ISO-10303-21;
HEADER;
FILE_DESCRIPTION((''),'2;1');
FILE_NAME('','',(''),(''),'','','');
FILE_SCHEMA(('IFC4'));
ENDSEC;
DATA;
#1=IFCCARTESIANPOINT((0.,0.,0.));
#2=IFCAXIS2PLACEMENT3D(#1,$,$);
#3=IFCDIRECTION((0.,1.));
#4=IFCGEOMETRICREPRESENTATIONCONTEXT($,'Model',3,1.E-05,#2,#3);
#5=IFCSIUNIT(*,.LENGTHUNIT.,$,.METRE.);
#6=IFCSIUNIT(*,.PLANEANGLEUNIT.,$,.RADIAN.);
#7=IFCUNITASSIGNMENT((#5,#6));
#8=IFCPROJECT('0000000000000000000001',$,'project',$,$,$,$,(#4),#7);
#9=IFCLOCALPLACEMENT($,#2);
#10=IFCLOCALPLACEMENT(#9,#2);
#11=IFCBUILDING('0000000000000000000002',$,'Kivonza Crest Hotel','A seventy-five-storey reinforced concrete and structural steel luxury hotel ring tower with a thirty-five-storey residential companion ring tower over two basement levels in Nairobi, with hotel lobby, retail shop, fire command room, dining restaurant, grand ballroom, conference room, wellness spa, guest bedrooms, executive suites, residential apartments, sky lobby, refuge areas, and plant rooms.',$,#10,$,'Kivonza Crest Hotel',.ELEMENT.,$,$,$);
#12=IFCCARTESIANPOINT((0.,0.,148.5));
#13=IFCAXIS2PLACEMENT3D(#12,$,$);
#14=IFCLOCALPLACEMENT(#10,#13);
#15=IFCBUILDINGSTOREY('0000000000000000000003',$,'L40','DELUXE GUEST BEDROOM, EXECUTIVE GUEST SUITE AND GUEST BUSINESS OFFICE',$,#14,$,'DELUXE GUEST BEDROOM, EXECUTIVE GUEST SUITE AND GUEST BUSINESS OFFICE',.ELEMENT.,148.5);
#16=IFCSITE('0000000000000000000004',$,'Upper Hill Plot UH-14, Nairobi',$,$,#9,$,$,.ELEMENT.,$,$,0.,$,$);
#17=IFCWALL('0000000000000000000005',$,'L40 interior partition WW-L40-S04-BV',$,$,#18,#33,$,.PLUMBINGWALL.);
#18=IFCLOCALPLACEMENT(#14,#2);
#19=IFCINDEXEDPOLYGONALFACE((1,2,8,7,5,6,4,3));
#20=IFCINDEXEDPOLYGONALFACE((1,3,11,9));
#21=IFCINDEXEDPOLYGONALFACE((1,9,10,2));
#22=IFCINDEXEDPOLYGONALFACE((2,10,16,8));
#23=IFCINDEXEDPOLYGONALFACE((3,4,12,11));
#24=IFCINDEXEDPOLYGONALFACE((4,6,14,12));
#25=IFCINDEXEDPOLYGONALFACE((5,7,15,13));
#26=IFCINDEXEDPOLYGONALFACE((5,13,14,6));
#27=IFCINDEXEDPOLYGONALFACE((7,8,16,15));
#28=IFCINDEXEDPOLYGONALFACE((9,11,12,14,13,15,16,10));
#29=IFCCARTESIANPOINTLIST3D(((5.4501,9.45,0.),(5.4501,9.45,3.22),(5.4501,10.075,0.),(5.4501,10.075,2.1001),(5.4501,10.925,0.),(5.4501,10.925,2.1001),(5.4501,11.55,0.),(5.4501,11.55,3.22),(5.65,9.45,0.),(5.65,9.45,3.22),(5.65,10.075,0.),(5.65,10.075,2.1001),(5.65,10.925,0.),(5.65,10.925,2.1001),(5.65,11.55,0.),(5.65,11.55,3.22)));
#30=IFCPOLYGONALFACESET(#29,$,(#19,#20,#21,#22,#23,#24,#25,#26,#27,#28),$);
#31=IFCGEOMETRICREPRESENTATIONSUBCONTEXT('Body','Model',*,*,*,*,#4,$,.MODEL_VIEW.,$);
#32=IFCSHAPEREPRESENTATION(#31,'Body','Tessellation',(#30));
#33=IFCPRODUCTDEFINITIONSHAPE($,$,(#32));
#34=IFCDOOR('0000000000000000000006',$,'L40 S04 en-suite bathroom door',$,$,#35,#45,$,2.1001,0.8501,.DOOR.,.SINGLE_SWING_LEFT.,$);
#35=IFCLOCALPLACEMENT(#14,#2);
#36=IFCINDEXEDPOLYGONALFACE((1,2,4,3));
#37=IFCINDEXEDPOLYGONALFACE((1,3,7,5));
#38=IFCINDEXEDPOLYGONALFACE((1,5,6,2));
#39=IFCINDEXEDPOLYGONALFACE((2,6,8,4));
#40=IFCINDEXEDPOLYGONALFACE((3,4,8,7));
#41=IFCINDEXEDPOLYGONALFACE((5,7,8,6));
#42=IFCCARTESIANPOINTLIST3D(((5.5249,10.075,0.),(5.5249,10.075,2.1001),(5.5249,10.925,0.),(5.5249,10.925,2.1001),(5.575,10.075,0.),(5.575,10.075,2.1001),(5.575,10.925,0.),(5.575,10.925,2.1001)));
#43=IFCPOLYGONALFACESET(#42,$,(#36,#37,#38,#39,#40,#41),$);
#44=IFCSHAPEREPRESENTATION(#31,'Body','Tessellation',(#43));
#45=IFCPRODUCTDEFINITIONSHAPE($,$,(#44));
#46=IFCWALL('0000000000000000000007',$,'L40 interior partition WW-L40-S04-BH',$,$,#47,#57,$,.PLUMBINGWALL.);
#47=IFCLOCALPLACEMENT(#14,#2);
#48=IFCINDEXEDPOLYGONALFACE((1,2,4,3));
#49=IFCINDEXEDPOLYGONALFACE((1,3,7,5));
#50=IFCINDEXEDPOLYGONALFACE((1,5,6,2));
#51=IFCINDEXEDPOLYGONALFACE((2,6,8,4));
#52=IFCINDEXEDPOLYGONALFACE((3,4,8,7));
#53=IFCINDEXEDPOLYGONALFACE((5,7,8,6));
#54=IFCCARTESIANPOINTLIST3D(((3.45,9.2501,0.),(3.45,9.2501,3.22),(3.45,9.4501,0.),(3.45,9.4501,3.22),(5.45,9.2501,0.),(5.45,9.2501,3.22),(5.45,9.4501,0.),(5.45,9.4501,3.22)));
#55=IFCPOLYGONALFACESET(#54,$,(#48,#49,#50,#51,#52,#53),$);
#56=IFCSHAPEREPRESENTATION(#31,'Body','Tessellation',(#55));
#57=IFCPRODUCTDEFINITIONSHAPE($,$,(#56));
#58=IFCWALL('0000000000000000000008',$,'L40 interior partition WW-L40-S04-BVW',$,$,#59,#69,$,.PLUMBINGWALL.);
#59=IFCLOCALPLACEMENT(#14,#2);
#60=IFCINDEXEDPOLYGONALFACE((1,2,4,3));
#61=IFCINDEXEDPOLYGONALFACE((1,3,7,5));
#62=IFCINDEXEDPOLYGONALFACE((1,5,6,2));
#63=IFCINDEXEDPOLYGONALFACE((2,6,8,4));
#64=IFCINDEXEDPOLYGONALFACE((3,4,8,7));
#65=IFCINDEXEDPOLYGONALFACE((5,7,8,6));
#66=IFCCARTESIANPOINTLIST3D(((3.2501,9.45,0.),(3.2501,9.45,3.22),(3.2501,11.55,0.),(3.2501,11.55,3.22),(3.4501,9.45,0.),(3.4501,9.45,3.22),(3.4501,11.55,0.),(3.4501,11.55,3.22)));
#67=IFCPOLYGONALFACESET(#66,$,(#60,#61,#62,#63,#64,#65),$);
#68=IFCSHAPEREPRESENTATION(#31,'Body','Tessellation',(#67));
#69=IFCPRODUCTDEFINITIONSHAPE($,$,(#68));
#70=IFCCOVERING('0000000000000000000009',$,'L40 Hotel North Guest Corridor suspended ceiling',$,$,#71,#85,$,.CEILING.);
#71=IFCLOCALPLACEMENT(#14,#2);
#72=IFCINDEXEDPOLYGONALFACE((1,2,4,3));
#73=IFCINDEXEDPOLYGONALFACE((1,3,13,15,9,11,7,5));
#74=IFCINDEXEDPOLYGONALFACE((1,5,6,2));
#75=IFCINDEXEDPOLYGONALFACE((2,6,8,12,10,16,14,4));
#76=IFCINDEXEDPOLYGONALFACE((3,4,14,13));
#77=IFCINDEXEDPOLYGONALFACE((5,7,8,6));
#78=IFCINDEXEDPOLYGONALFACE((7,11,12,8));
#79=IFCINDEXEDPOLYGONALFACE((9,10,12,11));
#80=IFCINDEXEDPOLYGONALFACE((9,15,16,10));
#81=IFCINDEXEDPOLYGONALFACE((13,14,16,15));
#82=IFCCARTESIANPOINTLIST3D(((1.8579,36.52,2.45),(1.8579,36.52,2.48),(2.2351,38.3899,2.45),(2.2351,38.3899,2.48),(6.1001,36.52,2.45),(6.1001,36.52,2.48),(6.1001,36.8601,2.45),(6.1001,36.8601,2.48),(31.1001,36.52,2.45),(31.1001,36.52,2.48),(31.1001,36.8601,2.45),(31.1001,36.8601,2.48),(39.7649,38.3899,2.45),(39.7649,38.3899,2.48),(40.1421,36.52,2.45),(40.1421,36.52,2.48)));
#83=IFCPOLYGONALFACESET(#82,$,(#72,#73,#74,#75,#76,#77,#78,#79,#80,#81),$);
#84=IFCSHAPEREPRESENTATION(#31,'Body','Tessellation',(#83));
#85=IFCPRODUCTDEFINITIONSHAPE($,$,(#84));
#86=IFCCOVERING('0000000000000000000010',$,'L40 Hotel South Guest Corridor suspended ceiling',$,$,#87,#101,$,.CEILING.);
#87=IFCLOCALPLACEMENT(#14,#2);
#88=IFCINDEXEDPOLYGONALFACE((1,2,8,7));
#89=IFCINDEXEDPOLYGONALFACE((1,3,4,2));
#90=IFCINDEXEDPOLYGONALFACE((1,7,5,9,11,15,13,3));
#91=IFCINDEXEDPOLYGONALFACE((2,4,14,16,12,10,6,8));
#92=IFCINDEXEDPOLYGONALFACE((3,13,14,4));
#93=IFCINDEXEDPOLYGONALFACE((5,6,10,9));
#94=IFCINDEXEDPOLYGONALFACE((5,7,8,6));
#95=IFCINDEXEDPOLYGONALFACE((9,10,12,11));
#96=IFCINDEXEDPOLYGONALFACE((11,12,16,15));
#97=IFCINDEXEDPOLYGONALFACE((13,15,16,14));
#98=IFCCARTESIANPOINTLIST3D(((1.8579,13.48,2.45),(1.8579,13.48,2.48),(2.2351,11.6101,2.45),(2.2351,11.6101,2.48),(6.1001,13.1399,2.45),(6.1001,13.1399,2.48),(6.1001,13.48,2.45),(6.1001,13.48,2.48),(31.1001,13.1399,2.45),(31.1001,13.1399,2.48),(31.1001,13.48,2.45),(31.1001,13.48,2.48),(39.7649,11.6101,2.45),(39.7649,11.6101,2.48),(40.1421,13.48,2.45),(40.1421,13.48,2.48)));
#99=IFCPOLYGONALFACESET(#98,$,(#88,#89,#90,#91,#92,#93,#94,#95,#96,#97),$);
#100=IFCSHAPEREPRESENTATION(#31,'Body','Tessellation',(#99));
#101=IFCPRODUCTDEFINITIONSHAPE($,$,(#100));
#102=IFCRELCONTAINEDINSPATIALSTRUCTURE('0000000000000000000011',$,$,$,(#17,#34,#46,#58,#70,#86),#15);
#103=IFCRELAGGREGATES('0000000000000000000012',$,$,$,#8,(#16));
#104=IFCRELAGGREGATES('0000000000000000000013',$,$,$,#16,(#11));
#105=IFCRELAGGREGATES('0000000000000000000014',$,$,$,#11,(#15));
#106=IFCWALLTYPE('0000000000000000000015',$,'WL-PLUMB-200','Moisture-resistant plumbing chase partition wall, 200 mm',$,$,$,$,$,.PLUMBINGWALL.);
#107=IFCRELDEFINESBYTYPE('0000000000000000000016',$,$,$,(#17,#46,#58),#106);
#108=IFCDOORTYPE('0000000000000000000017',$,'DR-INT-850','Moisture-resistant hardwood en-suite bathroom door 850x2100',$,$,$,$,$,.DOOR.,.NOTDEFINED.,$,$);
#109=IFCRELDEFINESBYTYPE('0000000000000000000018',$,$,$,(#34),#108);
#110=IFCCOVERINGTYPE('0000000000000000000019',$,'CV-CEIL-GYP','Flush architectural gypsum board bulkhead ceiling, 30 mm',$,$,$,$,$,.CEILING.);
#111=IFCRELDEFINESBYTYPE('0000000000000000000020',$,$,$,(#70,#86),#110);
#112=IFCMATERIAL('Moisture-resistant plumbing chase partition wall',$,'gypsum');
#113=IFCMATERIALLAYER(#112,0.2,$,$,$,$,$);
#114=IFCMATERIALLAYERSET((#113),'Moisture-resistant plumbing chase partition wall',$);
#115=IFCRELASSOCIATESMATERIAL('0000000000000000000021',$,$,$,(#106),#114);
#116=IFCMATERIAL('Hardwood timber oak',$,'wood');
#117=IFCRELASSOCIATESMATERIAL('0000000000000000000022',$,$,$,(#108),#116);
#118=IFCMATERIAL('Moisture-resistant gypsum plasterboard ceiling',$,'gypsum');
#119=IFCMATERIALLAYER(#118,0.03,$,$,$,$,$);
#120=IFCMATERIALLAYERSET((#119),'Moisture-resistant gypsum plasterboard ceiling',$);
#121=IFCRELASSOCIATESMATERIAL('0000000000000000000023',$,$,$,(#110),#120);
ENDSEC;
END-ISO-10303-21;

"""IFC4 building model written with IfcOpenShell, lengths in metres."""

from ifc_helpers import new_model, si_unit, direction, frame, frame_2d, origin, place, context, subcontext, project, spatial, polyline, rectangle, outline, extrude, material, layer, layer_set, type_object, element, fill, save


model = new_model("IFC4")

# Units and contexts
model_context = context("Model", 3, precision=1e-05, world=origin(), true_north=direction((0.0, 1.0)))
body_context = subcontext(model_context, "Body", "Model", "MODEL_VIEW")
ifc_project = project(units=[si_unit("LENGTHUNIT", "METRE"), si_unit("PLANEANGLEUNIT", "RADIAN")], contexts=[model_context])

# Site, building, storey
site_placement = place(None, origin())
site = spatial("IfcSite", under=ifc_project, at=site_placement, Name="Upper Hill Plot UH-14, Nairobi", CompositionType="ELEMENT", RefElevation=0.0)
building_placement = place(site_placement, origin())
building = spatial("IfcBuilding", under=site, at=building_placement, Name="Kivonza Crest Hotel", Description="A seventy-five-storey reinforced concrete and structural steel luxury hotel ring tower with a thirty-five-storey residential companion ring tower over two basement levels in Nairobi, with hotel lobby, retail shop, fire command room, dining restaurant, grand ballroom, conference room, wellness spa, guest bedrooms, executive suites, residential apartments, sky lobby, refuge areas, and plant rooms.", LongName="Kivonza Crest Hotel", CompositionType="ELEMENT")
storey_placement = place(building_placement, frame((0.0, 0.0, 148.5)))
storey = spatial("IfcBuildingStorey", under=building, at=storey_placement, Name="L40", Description="DELUXE GUEST BEDROOM, EXECUTIVE GUEST SUITE AND GUEST BUSINESS OFFICE", LongName="DELUXE GUEST BEDROOM, EXECUTIVE GUEST SUITE AND GUEST BUSINESS OFFICE", CompositionType="ELEMENT", Elevation=148.5)

# Shared definitions
ifc_material_1 = material(Name="Hardwood timber oak", Category="wood")

# Wall, opening, door
ifc_material_2 = material(Name="Moisture-resistant plumbing chase partition wall", Category="gypsum")
ifc_layer_1 = layer(ifc_material_2, 0.2)
ifc_layer_set_1 = layer_set([ifc_layer_1], Name="Moisture-resistant plumbing chase partition wall")
wall_type_1 = type_object("IfcWallType", Name="WL-PLUMB-200", Description="Moisture-resistant plumbing chase partition wall, 200 mm", PredefinedType="PLUMBINGWALL", material=ifc_layer_set_1)
wall_1_placement = place(storey_placement, frame((5.55, 9.45, 0.0), z_axis=(0.0, 0.0, 1.0), x_axis=(0.0, 1.0, 0.0)))
wall_1 = element("IfcWall", 1, at=wall_1_placement, inside=storey, type_object=wall_type_1, Name="L40 interior partition WW-L40-S04-BV", PredefinedType="PLUMBINGWALL", context=body_context, shape_type="SweptSolid", body=[
    extrude(rectangle(XDim=2.1001, YDim=0.2, at=frame_2d((1.05, 0.0))), origin(), (0.0, 0.0, 1.0), 3.22),
])
opening_1_placement = place(wall_1_placement, frame((0.625, 0.0, 0.0)))
opening_1 = element("IfcOpeningElement", 2, at=opening_1_placement, cuts=wall_1, PredefinedType="OPENING", context=body_context, shape_type="SweptSolid", body=[
    extrude(rectangle(XDim=0.8501, YDim=2.1001, at=frame_2d((0.425, 1.05))), frame((0.0, 0.1099, 0.0), z_axis=(0.0, -1.0, 0.0), x_axis=(1.0, 0.0, 0.0)), (0.0, 0.0, 1.0), 0.22),
])
door_type_1 = type_object("IfcDoorType", Name="DR-INT-850", Description="Moisture-resistant hardwood en-suite bathroom door 850x2100", OperationType="NOTDEFINED", PredefinedType="DOOR", material=ifc_material_1)
door_1_placement = place(opening_1_placement, frame((0.8501, 0.0, 0.0), z_axis=(0.0, 0.0, 1.0), x_axis=(-1.0, 0.0, 0.0)))
door_1 = element("IfcDoor", 3, at=door_1_placement, inside=storey, type_object=door_type_1, Name="L40 S04 en-suite bathroom door", OperationType="SINGLE_SWING_LEFT", OverallHeight=2.1001, OverallWidth=0.8501, PredefinedType="DOOR", context=body_context, shape_type="SweptSolid", body=[
    extrude(rectangle(XDim=0.8501, YDim=2.1001, at=frame_2d((0.425, 1.05))), frame((0.0, 0.0249, 0.0), z_axis=(0.0, -1.0, 0.0), x_axis=(1.0, 0.0, 0.0)), (0.0, 0.0, 1.0), 0.05),
])
fill(opening_1, door_1)

# Walls
wall_2_placement = place(storey_placement, frame((3.45, 9.3501, 0.0), z_axis=(0.0, 0.0, 1.0), x_axis=(1.0, 0.0, 0.0)))
element("IfcWall", 4, at=wall_2_placement, inside=storey, type_object=wall_type_1, Name="L40 interior partition WW-L40-S04-BH", PredefinedType="PLUMBINGWALL", context=body_context, shape_type="SweptSolid", body=[
    extrude(rectangle(XDim=2.0, YDim=0.2, at=frame_2d((1.0, 0.0))), origin(), (0.0, 0.0, 1.0), 3.22),
])
wall_3_placement = place(storey_placement, frame((3.3501, 9.45, 0.0), z_axis=(0.0, 0.0, 1.0), x_axis=(0.0, 1.0, 0.0)))
element("IfcWall", 5, at=wall_3_placement, inside=storey, type_object=wall_type_1, Name="L40 interior partition WW-L40-S04-BVW", PredefinedType="PLUMBINGWALL", context=body_context, shape_type="SweptSolid", body=[
    extrude(rectangle(XDim=2.1001, YDim=0.2, at=frame_2d((1.05, 0.0))), origin(), (0.0, 0.0, 1.0), 3.22),
])

# Coverings
ifc_material_3 = material(Name="Moisture-resistant gypsum plasterboard ceiling", Category="gypsum")
ifc_layer_2 = layer(ifc_material_3, 0.03)
ifc_layer_set_2 = layer_set([ifc_layer_2], Name="Moisture-resistant gypsum plasterboard ceiling")
covering_type = type_object("IfcCoveringType", Name="CV-CEIL-GYP", Description="Flush architectural gypsum board bulkhead ceiling, 30 mm", PredefinedType="CEILING", material=ifc_layer_set_2)
covering_1_placement = place(storey_placement, frame((0.0, 0.0, 2.45)))
element("IfcCovering", 6, at=covering_1_placement, inside=storey, type_object=covering_type, Name="L40 Hotel North Guest Corridor suspended ceiling", PredefinedType="CEILING", context=body_context, shape_type="SweptSolid", body=[
    extrude(outline(polyline([(2.2351, 38.3899), (1.8579, 36.52), (6.1001, 36.52), (6.1001, 36.8601), (31.1001, 36.8601), (31.1001, 36.52), (40.1421, 36.52), (39.7649, 38.3899), (2.2351, 38.3899)])), origin(), (0.0, 0.0, 1.0), 0.03),
])
covering_2_placement = place(storey_placement, frame((0.0, 0.0, 2.45)))
element("IfcCovering", 7, at=covering_2_placement, inside=storey, type_object=covering_type, Name="L40 Hotel South Guest Corridor suspended ceiling", PredefinedType="CEILING", context=body_context, shape_type="SweptSolid", body=[
    extrude(outline(polyline([(1.8579, 13.48), (2.2351, 11.6101), (39.7649, 11.6101), (40.1421, 13.48), (31.1001, 13.48), (31.1001, 13.1399), (6.1001, 13.1399), (6.1001, 13.48), (1.8579, 13.48)])), origin(), (0.0, 0.0, 1.0), 0.03),
])

save(model, "model.ifc")
